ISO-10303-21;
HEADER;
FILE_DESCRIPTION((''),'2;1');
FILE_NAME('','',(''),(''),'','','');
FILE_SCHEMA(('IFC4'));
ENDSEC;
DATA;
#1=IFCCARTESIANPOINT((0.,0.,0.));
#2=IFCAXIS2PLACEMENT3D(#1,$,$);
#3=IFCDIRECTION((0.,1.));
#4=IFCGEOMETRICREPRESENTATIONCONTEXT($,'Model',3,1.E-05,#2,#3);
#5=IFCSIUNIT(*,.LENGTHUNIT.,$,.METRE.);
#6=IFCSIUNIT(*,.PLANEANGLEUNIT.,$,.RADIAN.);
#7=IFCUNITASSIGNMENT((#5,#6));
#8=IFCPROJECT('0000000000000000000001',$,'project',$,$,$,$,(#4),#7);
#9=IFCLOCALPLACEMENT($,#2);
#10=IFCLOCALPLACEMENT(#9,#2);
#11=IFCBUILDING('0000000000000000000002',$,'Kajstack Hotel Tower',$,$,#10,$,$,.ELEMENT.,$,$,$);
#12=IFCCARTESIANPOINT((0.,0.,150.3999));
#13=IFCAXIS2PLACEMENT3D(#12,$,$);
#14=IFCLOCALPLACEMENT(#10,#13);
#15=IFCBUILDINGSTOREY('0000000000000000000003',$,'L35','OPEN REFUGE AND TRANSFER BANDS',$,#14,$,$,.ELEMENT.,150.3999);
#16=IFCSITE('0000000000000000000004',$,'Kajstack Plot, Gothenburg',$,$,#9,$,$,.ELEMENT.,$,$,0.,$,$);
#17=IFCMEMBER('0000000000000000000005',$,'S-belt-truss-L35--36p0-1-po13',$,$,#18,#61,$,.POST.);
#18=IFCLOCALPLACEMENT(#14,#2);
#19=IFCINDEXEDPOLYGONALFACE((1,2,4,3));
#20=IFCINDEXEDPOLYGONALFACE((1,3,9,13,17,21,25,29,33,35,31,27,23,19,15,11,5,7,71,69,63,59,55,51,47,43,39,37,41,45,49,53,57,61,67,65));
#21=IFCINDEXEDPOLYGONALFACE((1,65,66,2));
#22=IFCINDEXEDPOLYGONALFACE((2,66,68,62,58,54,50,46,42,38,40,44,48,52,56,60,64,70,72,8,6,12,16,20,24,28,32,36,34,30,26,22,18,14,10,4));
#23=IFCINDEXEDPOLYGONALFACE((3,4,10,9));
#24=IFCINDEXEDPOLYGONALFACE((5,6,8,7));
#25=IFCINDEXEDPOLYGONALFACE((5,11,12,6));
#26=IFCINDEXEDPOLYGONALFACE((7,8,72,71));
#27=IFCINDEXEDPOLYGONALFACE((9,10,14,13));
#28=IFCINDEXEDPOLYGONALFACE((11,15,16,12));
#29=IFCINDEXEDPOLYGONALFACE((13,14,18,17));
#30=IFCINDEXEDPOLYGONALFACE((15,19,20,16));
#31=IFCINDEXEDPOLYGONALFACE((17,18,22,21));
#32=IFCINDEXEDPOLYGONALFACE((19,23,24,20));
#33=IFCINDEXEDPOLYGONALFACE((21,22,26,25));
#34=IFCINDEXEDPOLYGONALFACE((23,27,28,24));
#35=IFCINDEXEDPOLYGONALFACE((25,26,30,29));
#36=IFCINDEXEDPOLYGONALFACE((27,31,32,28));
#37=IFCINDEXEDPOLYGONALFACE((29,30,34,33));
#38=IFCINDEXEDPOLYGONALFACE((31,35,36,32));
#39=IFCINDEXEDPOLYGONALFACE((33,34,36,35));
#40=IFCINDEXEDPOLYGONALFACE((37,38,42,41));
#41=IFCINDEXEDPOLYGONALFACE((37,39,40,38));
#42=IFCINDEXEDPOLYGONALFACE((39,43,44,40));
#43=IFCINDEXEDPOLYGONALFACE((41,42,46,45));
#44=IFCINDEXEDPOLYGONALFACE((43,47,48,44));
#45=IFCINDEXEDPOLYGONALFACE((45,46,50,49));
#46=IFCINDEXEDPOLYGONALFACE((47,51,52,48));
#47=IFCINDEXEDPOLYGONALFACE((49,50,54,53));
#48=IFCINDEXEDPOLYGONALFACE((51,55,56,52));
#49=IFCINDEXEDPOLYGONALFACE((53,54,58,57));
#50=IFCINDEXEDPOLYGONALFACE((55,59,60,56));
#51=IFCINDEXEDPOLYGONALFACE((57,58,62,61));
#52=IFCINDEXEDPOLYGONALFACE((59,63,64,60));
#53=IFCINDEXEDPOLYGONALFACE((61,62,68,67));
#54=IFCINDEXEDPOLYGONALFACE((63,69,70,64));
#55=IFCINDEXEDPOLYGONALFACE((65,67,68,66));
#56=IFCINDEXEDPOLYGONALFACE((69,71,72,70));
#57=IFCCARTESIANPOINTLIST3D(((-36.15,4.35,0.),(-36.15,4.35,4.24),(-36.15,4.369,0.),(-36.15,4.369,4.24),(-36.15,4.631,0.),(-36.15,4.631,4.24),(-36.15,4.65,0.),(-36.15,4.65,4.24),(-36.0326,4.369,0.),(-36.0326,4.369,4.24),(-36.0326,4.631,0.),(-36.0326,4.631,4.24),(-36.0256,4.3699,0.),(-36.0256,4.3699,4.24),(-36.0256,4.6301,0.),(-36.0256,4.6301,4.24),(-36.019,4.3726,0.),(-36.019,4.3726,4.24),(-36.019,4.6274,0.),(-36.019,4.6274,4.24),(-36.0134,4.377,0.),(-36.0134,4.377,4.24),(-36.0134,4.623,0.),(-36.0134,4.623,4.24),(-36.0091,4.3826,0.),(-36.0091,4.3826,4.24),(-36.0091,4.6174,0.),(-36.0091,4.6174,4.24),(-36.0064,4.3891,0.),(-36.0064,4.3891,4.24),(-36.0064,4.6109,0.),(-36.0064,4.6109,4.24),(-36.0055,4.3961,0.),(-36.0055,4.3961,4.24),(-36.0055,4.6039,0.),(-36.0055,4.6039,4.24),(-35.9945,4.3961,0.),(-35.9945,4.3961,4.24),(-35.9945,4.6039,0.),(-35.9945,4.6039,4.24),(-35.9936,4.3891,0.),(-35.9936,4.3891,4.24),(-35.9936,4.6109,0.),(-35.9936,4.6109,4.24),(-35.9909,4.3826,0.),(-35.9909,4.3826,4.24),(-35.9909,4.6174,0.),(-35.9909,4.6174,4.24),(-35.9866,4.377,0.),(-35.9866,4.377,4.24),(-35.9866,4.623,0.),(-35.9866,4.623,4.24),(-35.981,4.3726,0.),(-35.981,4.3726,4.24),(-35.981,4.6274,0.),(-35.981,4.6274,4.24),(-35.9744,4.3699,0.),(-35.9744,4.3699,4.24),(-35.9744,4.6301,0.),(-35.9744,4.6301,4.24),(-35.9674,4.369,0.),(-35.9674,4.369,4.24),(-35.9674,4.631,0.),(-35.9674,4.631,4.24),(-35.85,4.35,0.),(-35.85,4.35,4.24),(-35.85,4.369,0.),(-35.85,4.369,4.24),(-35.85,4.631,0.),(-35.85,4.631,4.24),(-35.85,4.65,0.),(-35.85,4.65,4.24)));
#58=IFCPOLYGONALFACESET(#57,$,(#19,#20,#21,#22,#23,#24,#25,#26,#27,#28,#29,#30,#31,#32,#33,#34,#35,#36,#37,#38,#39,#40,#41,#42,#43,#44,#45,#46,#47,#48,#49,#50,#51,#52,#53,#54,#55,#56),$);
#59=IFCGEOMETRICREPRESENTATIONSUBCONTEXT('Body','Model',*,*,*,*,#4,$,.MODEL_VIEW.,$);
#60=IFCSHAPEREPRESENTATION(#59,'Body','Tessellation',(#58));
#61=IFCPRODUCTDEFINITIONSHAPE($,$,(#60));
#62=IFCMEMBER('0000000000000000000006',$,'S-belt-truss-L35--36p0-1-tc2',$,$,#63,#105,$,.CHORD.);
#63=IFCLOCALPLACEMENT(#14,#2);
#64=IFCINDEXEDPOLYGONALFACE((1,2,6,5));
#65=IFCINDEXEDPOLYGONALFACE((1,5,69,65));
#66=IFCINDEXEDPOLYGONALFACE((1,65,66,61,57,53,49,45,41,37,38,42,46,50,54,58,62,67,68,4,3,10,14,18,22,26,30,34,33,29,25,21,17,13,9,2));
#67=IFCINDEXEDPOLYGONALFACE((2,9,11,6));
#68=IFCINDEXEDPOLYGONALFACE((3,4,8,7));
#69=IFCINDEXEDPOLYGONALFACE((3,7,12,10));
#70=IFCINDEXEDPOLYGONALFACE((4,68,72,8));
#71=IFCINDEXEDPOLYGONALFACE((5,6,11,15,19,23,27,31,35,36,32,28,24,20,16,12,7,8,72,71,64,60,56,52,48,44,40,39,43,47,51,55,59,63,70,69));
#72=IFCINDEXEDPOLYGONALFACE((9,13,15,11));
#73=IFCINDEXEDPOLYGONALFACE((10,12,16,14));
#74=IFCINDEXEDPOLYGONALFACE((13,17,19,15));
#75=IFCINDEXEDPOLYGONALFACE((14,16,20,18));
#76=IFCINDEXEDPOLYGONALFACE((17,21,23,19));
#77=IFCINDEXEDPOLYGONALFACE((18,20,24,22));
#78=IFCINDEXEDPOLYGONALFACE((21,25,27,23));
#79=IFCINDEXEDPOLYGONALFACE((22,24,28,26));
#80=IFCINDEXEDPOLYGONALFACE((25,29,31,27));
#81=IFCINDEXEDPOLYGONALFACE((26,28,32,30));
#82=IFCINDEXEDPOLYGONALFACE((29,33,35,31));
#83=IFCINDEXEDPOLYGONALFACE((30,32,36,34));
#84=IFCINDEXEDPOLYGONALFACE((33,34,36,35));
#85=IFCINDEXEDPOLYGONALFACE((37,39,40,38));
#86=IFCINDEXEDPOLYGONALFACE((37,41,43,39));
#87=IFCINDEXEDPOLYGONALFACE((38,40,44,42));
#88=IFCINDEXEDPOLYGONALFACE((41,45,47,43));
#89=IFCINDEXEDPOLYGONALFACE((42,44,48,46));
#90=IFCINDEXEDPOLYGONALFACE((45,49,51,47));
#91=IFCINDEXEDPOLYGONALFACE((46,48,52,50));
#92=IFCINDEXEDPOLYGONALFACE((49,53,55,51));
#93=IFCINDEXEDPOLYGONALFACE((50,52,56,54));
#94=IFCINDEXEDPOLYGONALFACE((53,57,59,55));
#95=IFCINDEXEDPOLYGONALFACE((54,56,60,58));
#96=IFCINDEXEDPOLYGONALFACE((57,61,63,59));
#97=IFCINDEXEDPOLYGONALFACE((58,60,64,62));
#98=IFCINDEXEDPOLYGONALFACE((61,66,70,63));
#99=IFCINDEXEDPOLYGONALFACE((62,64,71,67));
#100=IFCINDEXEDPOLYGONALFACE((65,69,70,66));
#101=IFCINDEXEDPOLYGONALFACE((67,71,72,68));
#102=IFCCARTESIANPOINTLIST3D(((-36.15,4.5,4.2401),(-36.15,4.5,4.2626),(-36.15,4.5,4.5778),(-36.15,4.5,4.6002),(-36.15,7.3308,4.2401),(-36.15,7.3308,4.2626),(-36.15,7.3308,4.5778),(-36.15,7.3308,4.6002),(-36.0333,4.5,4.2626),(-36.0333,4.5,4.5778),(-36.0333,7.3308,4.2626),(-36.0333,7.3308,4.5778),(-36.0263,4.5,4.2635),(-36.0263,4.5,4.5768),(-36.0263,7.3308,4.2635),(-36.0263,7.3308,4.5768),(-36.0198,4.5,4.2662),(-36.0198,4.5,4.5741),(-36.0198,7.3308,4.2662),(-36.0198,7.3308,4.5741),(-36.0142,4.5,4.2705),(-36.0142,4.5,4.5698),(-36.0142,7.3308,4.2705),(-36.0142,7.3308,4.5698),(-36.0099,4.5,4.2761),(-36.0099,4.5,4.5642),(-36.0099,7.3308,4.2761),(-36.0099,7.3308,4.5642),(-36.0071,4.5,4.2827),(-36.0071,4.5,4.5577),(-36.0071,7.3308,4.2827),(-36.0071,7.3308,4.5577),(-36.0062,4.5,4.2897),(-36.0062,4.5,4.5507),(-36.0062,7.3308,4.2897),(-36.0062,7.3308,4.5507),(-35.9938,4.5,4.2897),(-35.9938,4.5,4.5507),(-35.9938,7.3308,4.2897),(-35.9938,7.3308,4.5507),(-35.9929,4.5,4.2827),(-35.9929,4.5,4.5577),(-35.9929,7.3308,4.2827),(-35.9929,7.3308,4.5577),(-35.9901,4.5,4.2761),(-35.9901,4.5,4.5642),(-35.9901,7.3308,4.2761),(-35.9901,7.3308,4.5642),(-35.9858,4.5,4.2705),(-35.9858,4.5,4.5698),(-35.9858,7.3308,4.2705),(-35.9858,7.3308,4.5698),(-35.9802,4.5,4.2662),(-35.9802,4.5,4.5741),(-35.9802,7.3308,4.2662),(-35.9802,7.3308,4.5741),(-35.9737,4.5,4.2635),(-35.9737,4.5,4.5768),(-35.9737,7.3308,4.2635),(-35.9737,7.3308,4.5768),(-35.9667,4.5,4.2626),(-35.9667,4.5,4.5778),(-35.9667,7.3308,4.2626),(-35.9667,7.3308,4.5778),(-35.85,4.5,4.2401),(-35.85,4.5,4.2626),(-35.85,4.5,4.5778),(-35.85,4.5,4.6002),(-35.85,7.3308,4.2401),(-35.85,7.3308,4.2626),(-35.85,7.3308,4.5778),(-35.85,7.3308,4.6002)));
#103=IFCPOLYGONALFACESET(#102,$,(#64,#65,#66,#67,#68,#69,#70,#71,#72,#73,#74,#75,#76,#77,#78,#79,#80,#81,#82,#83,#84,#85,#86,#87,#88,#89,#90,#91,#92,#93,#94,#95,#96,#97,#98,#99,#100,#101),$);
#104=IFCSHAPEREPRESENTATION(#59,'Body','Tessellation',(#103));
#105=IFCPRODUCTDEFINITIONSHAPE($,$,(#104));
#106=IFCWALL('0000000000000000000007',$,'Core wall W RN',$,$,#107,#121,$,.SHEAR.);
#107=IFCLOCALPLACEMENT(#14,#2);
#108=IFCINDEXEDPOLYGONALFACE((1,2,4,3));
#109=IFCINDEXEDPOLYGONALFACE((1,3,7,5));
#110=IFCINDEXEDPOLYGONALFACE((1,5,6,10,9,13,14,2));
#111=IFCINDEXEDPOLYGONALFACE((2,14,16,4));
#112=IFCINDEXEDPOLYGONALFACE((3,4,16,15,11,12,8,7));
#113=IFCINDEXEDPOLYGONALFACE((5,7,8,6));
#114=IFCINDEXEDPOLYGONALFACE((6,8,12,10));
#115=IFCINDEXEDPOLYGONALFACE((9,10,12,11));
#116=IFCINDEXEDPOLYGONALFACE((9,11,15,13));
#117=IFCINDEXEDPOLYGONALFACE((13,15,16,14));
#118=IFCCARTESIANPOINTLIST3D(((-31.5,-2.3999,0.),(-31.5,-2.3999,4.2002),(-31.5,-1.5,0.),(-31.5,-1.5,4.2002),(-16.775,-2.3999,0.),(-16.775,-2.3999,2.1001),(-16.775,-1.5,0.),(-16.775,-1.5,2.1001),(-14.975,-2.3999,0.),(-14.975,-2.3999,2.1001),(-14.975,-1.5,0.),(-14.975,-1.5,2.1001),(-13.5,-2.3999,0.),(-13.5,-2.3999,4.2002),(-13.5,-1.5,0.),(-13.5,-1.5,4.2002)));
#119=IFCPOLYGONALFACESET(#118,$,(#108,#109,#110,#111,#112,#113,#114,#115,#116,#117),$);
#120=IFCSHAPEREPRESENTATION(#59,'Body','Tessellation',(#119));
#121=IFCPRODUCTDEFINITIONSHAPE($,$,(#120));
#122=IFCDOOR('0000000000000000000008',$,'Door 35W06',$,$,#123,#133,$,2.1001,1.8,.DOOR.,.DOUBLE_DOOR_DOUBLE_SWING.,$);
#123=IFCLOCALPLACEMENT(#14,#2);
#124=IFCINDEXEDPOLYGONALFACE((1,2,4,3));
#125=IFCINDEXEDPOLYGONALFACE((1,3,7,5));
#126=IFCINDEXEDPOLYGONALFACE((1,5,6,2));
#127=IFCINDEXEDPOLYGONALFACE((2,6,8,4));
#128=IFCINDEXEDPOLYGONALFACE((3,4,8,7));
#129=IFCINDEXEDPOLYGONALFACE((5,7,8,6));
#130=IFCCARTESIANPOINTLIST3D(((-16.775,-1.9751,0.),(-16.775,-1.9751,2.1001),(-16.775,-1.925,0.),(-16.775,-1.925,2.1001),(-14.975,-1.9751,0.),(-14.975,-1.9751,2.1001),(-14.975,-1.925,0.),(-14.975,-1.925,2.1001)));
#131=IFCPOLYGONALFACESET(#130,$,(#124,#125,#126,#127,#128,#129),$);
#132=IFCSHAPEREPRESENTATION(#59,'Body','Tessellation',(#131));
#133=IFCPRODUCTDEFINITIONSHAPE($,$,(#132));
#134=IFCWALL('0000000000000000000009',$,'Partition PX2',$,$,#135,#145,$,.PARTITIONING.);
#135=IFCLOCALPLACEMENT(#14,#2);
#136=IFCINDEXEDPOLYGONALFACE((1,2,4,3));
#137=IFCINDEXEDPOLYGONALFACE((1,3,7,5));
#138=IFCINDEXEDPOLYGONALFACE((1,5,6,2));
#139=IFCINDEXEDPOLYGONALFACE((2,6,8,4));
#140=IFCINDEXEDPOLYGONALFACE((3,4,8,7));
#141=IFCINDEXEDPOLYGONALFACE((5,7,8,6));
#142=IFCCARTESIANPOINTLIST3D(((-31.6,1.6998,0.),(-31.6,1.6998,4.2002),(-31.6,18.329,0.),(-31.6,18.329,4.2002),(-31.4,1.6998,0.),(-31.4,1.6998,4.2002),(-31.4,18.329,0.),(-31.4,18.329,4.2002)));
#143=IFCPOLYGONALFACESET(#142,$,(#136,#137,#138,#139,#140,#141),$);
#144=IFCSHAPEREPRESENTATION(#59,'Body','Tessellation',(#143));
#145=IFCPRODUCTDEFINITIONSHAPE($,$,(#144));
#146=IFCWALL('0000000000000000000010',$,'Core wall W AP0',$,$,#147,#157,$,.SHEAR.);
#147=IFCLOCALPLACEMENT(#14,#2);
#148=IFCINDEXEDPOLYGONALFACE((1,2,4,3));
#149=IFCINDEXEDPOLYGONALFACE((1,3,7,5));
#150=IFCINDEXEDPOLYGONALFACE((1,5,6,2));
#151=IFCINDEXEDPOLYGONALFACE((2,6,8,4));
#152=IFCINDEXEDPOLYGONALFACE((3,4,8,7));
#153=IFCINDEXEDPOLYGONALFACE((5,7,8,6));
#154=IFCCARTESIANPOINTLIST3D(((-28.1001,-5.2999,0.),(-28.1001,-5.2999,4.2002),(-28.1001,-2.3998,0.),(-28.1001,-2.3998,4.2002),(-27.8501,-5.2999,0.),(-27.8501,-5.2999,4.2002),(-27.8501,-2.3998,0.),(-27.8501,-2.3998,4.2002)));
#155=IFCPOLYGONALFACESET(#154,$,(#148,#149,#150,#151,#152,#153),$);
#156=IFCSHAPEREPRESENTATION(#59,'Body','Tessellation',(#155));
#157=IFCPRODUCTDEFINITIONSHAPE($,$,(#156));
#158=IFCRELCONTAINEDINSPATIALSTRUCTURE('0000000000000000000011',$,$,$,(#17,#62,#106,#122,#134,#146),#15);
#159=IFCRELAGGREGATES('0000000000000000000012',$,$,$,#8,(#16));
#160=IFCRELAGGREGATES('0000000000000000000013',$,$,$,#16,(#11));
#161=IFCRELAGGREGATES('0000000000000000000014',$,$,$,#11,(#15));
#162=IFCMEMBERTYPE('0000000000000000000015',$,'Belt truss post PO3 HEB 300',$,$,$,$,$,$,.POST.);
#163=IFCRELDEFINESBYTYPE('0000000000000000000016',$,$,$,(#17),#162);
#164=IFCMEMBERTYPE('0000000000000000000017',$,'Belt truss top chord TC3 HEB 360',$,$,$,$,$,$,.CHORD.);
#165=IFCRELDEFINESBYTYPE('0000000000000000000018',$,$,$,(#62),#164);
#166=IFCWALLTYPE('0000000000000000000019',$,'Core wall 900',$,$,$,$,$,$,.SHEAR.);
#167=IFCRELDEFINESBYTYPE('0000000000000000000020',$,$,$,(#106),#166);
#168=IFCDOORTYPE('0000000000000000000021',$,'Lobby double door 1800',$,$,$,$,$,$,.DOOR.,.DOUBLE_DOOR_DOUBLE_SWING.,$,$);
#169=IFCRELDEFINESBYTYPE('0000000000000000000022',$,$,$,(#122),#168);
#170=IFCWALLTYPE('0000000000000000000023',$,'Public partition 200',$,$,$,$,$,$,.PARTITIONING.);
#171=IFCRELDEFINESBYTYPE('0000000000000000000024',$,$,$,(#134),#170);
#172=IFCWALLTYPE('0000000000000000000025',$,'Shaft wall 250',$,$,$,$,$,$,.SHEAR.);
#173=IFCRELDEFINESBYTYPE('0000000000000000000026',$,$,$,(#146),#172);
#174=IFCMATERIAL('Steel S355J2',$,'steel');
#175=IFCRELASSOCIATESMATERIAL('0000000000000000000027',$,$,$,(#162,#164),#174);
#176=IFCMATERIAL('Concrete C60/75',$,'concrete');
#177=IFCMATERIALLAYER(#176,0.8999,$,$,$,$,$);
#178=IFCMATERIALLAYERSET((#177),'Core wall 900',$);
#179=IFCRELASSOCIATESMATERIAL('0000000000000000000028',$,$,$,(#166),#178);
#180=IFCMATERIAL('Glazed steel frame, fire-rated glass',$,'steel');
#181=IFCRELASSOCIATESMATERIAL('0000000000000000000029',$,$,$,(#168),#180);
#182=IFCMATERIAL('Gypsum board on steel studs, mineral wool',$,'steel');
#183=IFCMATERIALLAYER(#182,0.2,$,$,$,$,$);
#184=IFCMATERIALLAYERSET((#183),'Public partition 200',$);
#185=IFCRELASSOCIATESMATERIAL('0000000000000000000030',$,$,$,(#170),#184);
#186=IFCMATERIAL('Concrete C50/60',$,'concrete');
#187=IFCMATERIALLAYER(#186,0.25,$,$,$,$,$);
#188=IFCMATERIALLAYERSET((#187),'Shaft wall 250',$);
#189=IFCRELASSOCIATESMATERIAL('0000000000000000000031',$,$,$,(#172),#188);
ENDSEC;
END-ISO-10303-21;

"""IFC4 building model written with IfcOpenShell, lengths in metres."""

from ifc_helpers import new_model, si_unit, direction, frame, frame_2d, origin, origin_2d, place, context, subcontext, project, spatial, rectangle, i_section, extrude, material, layer, layer_set, material_profile, profile_set, type_object, element, fill, save


model = new_model("IFC4")

# Units and contexts
model_context = context("Model", 3, precision=1e-05, world=origin(), true_north=direction((0.0, 1.0)))
body_context = subcontext(model_context, "Body", "Model", "MODEL_VIEW")
ifc_project = project(units=[si_unit("LENGTHUNIT", "METRE"), si_unit("PLANEANGLEUNIT", "RADIAN")], contexts=[model_context])

# Site, building, storey
site_placement = place(None, origin())
site = spatial("IfcSite", under=ifc_project, at=site_placement, Name="Kajstack Plot, Gothenburg", CompositionType="ELEMENT", RefElevation=0.0)
building_placement = place(site_placement, origin())
building = spatial("IfcBuilding", under=site, at=building_placement, Name="Kajstack Hotel Tower", CompositionType="ELEMENT")
storey_placement = place(building_placement, frame((0.0, 0.0, 150.3999)))
storey = spatial("IfcBuildingStorey", under=building, at=storey_placement, Name="L35", Description="OPEN REFUGE AND TRANSFER BANDS", CompositionType="ELEMENT", Elevation=150.3999)

# Members
ifc_material_1 = material(Name="Steel S355J2", Category="steel")
ifc_material_profile_1 = material_profile(ifc_material_1, i_section(OverallWidth=0.3, OverallDepth=0.3, WebThickness=0.011, FlangeThickness=0.019, FilletRadius=0.0271, at=origin_2d()), Name="HEB 300")
ifc_profile_set_1 = profile_set([ifc_material_profile_1], Name="Steel S355J2")
member_type_1 = type_object("IfcMemberType", Name="Belt truss post PO3 HEB 300", PredefinedType="POST", material=ifc_profile_set_1)
member_1_placement = place(storey_placement, frame((-36.0, 4.5, 0.0), z_axis=(0.0, 0.0, 1.0), x_axis=(1.0, 0.0, 0.0)))
element("IfcMember", 1, at=member_1_placement, inside=storey, type_object=member_type_1, Name="S-belt-truss-L35--36p0-1-po13", PredefinedType="POST", context=body_context, shape_type="SweptSolid", body=[
    extrude(i_section(OverallWidth=0.3, OverallDepth=0.3, WebThickness=0.011, FlangeThickness=0.019, FilletRadius=0.0271, at=origin_2d()), origin(), (0.0, 0.0, 1.0), 4.24),
])
ifc_material_profile_2 = material_profile(ifc_material_1, i_section(OverallWidth=0.3, OverallDepth=0.3601, WebThickness=0.0125, FlangeThickness=0.0225, FilletRadius=0.0271, at=origin_2d()), Name="HEB 360")
ifc_profile_set_2 = profile_set([ifc_material_profile_2], Name="Steel S355J2")
member_type_2 = type_object("IfcMemberType", Name="Belt truss top chord TC3 HEB 360", PredefinedType="CHORD", material=ifc_profile_set_2)
member_2_placement = place(storey_placement, frame((-36.0, 4.5, 4.4202), z_axis=(0.0, 1.0, 0.0), x_axis=(-1.0, 0.0, 0.0)))
element("IfcMember", 2, at=member_2_placement, inside=storey, type_object=member_type_2, Name="S-belt-truss-L35--36p0-1-tc2", PredefinedType="CHORD", context=body_context, shape_type="SweptSolid", body=[
    extrude(i_section(OverallWidth=0.3, OverallDepth=0.3601, WebThickness=0.0125, FlangeThickness=0.0225, FilletRadius=0.0271, at=origin_2d()), origin(), (0.0, 0.0, 1.0), 2.8308),
])

# Wall, opening, door
ifc_material_2 = material(Name="Concrete C60/75", Category="concrete")
ifc_layer_1 = layer(ifc_material_2, 0.8999)
ifc_layer_set_1 = layer_set([ifc_layer_1], Name="Core wall 900")
wall_type_1 = type_object("IfcWallType", Name="Core wall 900", PredefinedType="SHEAR", material=ifc_layer_set_1)
wall_1_placement = place(storey_placement, frame((-31.5, -1.95, 0.0), z_axis=(0.0, 0.0, 1.0), x_axis=(1.0, 0.0, 0.0)))
wall_1 = element("IfcWall", 3, at=wall_1_placement, inside=storey, type_object=wall_type_1, Name="Core wall W RN", PredefinedType="SHEAR", context=body_context, shape_type="SweptSolid", body=[
    extrude(rectangle(XDim=18.0, YDim=0.8999, at=frame_2d((9.0, 0.0))), origin(), (0.0, 0.0, 1.0), 4.2002),
])
opening_1_placement = place(wall_1_placement, frame((14.7251, 0.0, 0.0)))
opening_1 = element("IfcOpeningElement", 4, at=opening_1_placement, cuts=wall_1, PredefinedType="OPENING", context=body_context, shape_type="SweptSolid", body=[
    extrude(rectangle(XDim=1.8, YDim=2.1001, at=frame_2d((0.8999, 1.05))), frame((0.0, 0.46, 0.0), z_axis=(0.0, -1.0, 0.0), x_axis=(1.0, 0.0, 0.0)), (0.0, 0.0, 1.0), 0.9199),
])
ifc_material_3 = material(Name="Glazed steel frame, fire-rated glass", Category="steel")
door_type_1 = type_object("IfcDoorType", Name="Lobby double door 1800", OperationType="DOUBLE_DOOR_DOUBLE_SWING", PredefinedType="DOOR", material=ifc_material_3)
door_1_placement = place(opening_1_placement, origin())
door_1 = element("IfcDoor", 5, at=door_1_placement, inside=storey, type_object=door_type_1, Name="Door 35W06", OperationType="DOUBLE_DOOR_DOUBLE_SWING", OverallHeight=2.1001, OverallWidth=1.8, PredefinedType="DOOR", context=body_context, shape_type="SweptSolid", body=[
    extrude(rectangle(XDim=1.8, YDim=2.1001, at=frame_2d((0.8999, 1.05))), frame((0.0, 0.0249, 0.0), z_axis=(0.0, -1.0, 0.0), x_axis=(1.0, 0.0, 0.0)), (0.0, 0.0, 1.0), 0.05),
])
fill(opening_1, door_1)

# Walls
ifc_material_4 = material(Name="Gypsum board on steel studs, mineral wool", Category="steel")
ifc_layer_2 = layer(ifc_material_4, 0.2)
ifc_layer_set_2 = layer_set([ifc_layer_2], Name="Public partition 200")
wall_type_2 = type_object("IfcWallType", Name="Public partition 200", PredefinedType="PARTITIONING", material=ifc_layer_set_2)
wall_2_placement = place(storey_placement, frame((-31.5, 1.7, 0.0), z_axis=(0.0, 0.0, 1.0), x_axis=(0.0, 1.0, 0.0)))
element("IfcWall", 6, at=wall_2_placement, inside=storey, type_object=wall_type_2, Name="Partition PX2", PredefinedType="PARTITIONING", context=body_context, shape_type="SweptSolid", body=[
    extrude(rectangle(XDim=16.6292, YDim=0.2, at=frame_2d((8.3145, 0.0))), origin(), (0.0, 0.0, 1.0), 4.2002),
])
ifc_material_5 = material(Name="Concrete C50/60", Category="concrete")
ifc_layer_3 = layer(ifc_material_5, 0.25)
ifc_layer_set_3 = layer_set([ifc_layer_3], Name="Shaft wall 250")
wall_type_3 = type_object("IfcWallType", Name="Shaft wall 250", PredefinedType="SHEAR", material=ifc_layer_set_3)
wall_3_placement = place(storey_placement, frame((-27.9751, -5.3, 0.0), z_axis=(0.0, 0.0, 1.0), x_axis=(0.0, 1.0, 0.0)))
element("IfcWall", 7, at=wall_3_placement, inside=storey, type_object=wall_type_3, Name="Core wall W AP0", PredefinedType="SHEAR", context=body_context, shape_type="SweptSolid", body=[
    extrude(rectangle(XDim=2.9001, YDim=0.25, at=frame_2d((1.4502, 0.0))), origin(), (0.0, 0.0, 1.0), 4.2002),
])

save(model, "model.ifc")
